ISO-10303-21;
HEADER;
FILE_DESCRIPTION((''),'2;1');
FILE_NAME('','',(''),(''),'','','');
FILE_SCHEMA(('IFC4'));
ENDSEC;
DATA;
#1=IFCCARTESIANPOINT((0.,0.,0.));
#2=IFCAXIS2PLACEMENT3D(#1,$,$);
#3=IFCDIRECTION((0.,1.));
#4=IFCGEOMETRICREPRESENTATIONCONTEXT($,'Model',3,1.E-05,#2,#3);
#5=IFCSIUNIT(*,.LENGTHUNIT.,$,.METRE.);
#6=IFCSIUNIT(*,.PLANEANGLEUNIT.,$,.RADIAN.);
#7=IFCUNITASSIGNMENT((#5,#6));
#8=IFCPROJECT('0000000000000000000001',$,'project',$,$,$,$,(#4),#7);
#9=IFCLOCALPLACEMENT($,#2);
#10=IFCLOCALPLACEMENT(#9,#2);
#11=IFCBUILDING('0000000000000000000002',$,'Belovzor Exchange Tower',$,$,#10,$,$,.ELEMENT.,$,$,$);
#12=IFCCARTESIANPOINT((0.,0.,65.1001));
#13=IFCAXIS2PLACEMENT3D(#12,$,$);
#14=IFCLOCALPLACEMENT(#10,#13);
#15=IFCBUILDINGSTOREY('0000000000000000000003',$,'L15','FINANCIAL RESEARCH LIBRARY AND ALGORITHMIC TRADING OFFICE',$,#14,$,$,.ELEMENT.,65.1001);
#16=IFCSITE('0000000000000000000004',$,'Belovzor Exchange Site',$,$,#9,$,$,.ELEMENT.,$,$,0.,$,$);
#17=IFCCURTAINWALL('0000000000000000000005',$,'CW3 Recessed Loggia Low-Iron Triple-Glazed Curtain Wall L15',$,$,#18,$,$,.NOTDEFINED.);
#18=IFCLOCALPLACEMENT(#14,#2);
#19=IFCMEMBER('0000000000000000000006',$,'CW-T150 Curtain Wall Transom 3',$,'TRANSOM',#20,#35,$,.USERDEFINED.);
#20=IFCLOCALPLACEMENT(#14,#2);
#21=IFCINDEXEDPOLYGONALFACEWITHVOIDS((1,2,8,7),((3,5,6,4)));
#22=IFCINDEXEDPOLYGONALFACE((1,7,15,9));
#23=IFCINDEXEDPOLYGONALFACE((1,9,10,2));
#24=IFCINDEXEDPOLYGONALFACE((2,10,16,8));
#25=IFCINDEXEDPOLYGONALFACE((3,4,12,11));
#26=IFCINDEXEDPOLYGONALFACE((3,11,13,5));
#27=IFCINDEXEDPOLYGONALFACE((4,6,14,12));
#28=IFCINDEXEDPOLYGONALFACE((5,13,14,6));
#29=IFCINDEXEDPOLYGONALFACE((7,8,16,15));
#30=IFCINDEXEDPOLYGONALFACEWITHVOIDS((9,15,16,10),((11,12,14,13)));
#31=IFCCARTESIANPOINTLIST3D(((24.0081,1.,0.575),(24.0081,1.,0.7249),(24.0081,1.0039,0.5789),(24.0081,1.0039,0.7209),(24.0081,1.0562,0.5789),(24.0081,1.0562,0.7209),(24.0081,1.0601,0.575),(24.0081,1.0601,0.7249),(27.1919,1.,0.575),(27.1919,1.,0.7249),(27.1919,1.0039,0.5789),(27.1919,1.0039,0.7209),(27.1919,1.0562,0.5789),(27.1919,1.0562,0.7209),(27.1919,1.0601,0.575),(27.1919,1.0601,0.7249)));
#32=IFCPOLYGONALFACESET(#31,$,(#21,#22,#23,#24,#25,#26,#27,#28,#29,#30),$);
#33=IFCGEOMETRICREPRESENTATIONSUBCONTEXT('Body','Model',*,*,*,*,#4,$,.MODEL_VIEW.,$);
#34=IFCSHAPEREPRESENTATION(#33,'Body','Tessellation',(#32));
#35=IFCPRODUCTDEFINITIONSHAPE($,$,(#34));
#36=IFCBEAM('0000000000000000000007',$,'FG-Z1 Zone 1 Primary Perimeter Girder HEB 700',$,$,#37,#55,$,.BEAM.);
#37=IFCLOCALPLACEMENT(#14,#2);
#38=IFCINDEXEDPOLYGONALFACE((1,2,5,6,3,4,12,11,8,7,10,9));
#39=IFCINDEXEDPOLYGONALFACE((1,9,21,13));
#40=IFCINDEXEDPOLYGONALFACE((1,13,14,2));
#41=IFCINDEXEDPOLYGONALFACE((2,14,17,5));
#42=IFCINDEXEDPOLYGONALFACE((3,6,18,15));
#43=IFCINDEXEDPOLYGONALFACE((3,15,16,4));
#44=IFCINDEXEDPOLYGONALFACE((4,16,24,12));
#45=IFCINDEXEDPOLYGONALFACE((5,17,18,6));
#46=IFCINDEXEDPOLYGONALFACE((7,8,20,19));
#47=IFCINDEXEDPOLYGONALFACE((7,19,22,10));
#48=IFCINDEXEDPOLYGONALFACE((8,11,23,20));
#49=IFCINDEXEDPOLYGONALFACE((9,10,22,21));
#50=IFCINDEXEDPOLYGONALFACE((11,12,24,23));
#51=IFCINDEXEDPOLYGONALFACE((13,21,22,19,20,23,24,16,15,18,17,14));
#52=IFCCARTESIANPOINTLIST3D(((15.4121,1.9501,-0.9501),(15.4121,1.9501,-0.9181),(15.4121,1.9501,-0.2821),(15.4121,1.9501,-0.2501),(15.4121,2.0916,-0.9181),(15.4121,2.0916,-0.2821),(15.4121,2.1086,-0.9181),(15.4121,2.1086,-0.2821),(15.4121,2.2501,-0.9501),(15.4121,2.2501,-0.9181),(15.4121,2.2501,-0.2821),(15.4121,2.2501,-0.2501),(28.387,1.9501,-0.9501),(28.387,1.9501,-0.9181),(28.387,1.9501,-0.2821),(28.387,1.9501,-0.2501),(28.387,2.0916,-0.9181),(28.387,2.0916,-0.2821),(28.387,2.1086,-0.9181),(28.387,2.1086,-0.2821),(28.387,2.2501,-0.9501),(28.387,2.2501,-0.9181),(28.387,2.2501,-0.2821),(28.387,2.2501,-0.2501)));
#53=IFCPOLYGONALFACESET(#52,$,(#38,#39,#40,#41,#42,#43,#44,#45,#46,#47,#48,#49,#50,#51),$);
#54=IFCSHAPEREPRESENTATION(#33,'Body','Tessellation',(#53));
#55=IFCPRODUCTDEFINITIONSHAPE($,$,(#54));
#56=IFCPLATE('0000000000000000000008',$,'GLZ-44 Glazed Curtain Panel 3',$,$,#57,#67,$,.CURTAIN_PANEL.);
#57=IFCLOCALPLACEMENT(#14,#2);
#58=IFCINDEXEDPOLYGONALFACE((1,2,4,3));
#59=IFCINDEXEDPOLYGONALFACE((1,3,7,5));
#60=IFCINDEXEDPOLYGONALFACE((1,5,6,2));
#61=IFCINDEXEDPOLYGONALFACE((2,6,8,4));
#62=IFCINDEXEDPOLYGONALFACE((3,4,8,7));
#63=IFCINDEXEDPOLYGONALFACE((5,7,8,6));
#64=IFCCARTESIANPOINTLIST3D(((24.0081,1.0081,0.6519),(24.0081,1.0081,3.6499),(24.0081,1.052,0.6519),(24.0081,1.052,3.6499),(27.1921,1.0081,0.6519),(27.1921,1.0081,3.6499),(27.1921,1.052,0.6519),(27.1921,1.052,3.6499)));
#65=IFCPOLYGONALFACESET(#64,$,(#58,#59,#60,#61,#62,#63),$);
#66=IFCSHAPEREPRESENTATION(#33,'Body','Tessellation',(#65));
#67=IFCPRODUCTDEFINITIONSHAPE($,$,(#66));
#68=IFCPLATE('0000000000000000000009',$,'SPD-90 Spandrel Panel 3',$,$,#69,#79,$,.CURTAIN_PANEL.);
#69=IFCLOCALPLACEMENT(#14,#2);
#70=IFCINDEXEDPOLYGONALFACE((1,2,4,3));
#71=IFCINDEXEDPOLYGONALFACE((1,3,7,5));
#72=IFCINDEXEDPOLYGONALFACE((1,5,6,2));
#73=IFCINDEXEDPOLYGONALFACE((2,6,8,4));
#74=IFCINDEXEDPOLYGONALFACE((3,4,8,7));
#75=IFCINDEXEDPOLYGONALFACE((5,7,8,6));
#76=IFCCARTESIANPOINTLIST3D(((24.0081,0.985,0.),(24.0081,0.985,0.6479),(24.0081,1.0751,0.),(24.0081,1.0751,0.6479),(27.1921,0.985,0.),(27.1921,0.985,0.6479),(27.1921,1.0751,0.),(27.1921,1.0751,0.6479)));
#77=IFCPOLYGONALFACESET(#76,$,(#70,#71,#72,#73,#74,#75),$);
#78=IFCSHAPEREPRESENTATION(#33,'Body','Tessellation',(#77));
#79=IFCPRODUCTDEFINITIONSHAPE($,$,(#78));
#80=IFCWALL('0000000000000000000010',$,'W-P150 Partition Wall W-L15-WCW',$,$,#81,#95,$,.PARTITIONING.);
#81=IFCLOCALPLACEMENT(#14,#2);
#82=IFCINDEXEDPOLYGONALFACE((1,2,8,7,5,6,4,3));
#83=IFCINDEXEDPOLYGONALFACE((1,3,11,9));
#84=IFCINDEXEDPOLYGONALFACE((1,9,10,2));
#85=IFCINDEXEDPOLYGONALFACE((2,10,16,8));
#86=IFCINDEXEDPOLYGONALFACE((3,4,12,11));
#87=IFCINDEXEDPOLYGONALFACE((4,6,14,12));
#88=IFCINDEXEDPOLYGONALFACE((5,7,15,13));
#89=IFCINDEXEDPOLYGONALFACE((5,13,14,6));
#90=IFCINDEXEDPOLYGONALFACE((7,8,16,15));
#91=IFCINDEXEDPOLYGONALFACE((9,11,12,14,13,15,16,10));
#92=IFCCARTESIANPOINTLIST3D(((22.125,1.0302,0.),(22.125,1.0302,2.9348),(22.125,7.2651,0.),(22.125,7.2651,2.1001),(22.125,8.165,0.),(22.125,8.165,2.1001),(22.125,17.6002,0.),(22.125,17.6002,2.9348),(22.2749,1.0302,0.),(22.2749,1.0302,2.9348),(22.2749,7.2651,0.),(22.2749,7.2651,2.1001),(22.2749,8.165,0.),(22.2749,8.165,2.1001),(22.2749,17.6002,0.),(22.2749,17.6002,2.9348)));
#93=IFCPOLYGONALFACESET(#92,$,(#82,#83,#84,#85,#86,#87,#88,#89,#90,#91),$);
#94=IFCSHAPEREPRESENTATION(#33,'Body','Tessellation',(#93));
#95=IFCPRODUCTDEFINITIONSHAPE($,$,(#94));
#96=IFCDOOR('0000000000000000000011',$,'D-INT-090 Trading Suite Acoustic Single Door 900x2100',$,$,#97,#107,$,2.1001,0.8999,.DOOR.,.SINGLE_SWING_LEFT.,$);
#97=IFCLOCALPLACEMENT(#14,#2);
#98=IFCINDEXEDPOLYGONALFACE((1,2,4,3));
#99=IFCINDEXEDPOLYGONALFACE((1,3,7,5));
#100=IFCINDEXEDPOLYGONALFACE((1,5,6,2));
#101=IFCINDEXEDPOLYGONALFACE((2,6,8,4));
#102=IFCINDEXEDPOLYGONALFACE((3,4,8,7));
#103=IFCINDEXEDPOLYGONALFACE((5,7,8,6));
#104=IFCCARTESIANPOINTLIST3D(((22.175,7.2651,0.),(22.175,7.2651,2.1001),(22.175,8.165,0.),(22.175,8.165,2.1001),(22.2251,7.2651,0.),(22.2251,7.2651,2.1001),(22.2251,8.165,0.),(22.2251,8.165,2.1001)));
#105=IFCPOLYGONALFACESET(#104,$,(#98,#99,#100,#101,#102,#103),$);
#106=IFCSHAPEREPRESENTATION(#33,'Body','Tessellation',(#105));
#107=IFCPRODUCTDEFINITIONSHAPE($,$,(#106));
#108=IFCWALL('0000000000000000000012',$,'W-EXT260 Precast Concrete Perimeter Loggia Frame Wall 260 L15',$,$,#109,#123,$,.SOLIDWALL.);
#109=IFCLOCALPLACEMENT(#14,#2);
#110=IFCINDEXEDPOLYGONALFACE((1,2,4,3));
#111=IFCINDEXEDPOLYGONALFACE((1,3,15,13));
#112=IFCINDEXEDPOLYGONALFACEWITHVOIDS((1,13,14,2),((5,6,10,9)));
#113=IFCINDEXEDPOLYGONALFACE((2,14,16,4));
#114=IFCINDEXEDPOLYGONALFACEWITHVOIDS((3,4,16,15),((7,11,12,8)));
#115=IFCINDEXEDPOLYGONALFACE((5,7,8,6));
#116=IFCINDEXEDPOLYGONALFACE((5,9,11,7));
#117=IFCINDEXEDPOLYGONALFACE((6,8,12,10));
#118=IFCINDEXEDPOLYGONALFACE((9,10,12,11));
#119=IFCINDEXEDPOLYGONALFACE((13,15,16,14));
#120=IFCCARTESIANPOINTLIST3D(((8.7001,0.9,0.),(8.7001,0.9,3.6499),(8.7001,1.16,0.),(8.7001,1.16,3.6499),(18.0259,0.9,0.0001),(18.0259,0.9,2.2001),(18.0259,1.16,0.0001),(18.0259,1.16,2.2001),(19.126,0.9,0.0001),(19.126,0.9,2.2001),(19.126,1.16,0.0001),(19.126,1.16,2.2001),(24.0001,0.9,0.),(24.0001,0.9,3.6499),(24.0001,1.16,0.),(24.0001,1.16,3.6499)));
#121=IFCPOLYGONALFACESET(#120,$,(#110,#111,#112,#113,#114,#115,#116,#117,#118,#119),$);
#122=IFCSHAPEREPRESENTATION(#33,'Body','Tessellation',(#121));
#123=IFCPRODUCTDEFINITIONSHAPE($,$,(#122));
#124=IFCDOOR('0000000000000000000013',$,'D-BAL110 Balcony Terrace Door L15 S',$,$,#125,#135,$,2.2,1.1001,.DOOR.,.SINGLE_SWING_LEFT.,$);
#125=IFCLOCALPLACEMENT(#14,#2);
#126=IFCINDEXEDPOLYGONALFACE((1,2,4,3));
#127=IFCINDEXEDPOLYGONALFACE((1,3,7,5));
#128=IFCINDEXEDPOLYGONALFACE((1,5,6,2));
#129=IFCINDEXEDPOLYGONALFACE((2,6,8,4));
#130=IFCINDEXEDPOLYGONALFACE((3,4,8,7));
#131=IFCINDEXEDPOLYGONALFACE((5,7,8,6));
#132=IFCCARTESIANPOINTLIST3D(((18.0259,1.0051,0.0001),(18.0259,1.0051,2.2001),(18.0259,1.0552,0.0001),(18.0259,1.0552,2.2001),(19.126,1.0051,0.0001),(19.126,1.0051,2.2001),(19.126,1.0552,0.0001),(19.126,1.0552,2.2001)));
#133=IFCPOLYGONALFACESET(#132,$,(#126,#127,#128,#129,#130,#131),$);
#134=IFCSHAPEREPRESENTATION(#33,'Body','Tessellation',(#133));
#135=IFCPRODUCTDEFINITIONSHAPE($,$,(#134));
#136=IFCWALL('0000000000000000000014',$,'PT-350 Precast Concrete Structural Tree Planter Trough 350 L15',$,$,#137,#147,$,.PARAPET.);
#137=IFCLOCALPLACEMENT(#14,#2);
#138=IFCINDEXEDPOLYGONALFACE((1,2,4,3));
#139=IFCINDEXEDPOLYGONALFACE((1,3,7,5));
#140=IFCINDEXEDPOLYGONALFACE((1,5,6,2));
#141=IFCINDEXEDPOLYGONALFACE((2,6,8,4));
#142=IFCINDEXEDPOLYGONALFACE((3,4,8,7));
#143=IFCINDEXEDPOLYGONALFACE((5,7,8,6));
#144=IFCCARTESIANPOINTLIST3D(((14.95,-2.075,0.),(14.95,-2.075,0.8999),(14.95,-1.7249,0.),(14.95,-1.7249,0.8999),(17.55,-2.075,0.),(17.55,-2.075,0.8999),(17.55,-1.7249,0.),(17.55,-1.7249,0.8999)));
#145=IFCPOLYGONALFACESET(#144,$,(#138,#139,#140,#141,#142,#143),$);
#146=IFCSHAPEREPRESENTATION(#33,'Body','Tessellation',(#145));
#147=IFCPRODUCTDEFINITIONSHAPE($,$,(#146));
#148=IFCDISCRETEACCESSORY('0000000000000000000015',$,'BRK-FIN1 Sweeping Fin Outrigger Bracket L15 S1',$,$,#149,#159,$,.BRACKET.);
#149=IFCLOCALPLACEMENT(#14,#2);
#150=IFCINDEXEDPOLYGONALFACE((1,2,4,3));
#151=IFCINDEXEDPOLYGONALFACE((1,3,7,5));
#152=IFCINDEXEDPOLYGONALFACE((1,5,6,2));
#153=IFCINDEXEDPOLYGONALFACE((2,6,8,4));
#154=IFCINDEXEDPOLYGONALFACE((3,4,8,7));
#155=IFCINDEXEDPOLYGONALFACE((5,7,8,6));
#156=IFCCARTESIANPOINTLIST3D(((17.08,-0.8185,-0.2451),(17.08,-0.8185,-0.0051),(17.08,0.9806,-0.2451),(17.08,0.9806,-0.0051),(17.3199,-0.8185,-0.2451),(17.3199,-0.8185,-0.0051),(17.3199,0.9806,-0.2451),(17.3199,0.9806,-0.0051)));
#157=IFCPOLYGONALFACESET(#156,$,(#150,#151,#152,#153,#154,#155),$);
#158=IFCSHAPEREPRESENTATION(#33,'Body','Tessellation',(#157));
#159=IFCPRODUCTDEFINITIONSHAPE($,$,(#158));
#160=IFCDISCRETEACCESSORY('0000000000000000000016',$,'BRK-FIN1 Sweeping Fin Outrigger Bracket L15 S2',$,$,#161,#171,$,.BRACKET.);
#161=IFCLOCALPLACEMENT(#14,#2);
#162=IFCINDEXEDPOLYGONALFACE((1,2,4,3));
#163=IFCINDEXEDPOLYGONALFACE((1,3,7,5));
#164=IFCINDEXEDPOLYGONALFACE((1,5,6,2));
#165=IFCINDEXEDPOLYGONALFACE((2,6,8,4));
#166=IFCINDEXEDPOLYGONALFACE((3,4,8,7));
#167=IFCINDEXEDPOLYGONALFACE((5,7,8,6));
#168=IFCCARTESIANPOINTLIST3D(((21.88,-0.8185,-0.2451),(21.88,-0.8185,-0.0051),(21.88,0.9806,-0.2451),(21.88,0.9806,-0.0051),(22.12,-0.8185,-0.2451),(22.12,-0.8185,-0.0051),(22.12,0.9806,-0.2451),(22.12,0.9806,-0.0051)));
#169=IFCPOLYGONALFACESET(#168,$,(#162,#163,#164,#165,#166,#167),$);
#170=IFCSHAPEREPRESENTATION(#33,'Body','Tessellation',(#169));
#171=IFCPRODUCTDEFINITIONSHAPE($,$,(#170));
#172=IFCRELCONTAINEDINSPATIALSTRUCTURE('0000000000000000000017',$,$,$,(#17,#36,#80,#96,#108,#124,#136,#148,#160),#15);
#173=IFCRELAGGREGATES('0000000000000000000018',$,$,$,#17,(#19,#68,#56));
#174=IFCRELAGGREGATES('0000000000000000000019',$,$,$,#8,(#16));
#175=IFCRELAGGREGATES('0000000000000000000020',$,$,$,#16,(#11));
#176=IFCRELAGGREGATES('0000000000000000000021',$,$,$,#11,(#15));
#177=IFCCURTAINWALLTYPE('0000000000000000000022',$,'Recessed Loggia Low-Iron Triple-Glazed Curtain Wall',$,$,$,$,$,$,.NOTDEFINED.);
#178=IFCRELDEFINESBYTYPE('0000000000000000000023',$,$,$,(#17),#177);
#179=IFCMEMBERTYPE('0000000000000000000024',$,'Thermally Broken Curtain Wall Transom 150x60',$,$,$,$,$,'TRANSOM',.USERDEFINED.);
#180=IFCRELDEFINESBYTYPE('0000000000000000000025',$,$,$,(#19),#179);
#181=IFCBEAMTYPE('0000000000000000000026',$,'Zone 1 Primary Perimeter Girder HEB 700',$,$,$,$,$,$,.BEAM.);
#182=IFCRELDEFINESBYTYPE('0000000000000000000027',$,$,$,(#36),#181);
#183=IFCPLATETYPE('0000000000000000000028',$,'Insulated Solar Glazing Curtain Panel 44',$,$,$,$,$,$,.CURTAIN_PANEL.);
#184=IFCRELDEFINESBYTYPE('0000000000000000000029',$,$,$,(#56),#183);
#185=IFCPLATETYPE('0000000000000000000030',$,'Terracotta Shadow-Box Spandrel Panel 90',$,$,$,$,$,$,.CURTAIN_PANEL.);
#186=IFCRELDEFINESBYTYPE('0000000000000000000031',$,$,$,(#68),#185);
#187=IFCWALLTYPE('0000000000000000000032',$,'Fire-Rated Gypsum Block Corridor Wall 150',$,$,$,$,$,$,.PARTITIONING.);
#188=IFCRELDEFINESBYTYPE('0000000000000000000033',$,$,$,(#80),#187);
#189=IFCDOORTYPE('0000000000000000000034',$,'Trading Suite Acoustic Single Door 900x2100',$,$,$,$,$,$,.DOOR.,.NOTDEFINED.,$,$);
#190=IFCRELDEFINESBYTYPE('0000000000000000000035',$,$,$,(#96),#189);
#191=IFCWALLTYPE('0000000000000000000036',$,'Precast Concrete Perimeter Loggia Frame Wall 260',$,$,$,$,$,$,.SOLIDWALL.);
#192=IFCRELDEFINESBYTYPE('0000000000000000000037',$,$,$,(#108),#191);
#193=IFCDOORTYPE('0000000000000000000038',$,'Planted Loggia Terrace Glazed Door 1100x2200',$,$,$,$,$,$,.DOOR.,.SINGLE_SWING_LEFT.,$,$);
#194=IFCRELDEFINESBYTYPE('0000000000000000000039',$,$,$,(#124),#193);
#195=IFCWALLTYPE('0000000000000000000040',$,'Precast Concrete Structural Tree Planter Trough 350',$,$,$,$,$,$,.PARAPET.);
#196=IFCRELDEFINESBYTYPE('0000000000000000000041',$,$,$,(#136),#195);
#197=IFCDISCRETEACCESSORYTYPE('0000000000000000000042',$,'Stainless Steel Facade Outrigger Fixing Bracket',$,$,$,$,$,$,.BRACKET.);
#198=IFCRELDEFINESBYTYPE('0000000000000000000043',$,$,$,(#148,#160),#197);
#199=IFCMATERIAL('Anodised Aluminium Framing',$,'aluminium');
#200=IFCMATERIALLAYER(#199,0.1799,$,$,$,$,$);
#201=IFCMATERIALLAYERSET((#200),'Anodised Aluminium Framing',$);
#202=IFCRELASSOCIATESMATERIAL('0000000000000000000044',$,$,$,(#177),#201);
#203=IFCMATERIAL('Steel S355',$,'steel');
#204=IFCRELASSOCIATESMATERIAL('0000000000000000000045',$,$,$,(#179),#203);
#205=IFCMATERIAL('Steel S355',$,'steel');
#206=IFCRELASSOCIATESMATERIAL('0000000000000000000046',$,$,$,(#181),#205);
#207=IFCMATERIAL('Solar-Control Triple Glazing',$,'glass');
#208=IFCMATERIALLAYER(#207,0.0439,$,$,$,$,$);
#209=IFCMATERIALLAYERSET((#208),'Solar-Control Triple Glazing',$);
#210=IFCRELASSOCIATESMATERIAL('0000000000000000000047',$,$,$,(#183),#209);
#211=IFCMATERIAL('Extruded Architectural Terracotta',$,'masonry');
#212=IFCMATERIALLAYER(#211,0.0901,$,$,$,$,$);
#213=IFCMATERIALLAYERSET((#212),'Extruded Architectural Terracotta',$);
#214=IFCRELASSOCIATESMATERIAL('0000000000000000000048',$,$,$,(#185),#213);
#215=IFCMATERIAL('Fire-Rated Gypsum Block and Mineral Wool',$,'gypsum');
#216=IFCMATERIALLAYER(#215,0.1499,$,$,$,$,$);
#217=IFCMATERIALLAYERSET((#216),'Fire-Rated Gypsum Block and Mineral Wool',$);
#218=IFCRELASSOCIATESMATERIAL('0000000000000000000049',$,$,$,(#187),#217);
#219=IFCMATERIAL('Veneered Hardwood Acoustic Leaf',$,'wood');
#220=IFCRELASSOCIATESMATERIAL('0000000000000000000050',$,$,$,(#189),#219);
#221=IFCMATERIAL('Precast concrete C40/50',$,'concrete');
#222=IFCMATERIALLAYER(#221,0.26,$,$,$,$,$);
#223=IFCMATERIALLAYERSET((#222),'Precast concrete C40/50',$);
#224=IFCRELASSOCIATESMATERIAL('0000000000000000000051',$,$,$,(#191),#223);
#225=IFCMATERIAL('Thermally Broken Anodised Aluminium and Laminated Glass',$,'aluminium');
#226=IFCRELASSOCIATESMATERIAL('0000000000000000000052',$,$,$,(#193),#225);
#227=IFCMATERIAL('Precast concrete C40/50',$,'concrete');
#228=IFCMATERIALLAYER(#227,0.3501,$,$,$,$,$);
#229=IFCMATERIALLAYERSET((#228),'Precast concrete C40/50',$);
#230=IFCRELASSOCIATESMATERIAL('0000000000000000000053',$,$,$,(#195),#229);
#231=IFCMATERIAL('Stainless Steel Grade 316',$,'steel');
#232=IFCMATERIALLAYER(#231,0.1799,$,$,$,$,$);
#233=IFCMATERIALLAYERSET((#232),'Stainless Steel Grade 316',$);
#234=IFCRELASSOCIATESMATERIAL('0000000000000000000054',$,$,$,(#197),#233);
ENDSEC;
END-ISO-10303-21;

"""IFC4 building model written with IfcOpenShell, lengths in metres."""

from ifc_helpers import new_model, si_unit, direction, frame, frame_2d, origin, origin_2d, place, context, subcontext, project, spatial, rectangle, hollow_rectangle, i_section, extrude, material, layer, layer_set, material_profile, profile_set, type_object, element, fill, aggregate, save


model = new_model("IFC4")

# Units and contexts
model_context = context("Model", 3, precision=1e-05, world=origin(), true_north=direction((0.0, 1.0)))
body_context = subcontext(model_context, "Body", "Model", "MODEL_VIEW")
ifc_project = project(units=[si_unit("LENGTHUNIT", "METRE"), si_unit("PLANEANGLEUNIT", "RADIAN")], contexts=[model_context])

# Site, building, storey
site_placement = place(None, origin())
site = spatial("IfcSite", under=ifc_project, at=site_placement, Name="Belovzor Exchange Site", CompositionType="ELEMENT", RefElevation=0.0)
building_placement = place(site_placement, origin())
building = spatial("IfcBuilding", under=site, at=building_placement, Name="Belovzor Exchange Tower", CompositionType="ELEMENT")
storey_placement = place(building_placement, frame((0.0, 0.0, 65.1001)))
storey = spatial("IfcBuildingStorey", under=building, at=storey_placement, Name="L15", Description="FINANCIAL RESEARCH LIBRARY AND ALGORITHMIC TRADING OFFICE", CompositionType="ELEMENT", Elevation=65.1001)

# Curtain wall, member
ifc_material_1 = material(Name="Anodised Aluminium Framing", Category="aluminium")
ifc_layer_1 = layer(ifc_material_1, 0.1799)
ifc_layer_set_1 = layer_set([ifc_layer_1], Name="Anodised Aluminium Framing")
curtain_wall_type = type_object("IfcCurtainWallType", Name="Recessed Loggia Low-Iron Triple-Glazed Curtain Wall", PredefinedType="NOTDEFINED", material=ifc_layer_set_1)
curtain_wall_placement = place(storey_placement, origin())
curtain_wall = element("IfcCurtainWall", 1, at=curtain_wall_placement, inside=storey, type_object=curtain_wall_type, Name="CW3 Recessed Loggia Low-Iron Triple-Glazed Curtain Wall L15", PredefinedType="NOTDEFINED")
ifc_material_2 = material(Name="Steel S355", Category="steel")
ifc_material_profile_1 = material_profile(ifc_material_2, hollow_rectangle(XDim=0.0601, YDim=0.1499, WallThickness=0.0039, at=origin_2d()))
ifc_profile_set_1 = profile_set([ifc_material_profile_1], Name="Steel S355")
member_type_1 = type_object("IfcMemberType", Name="Thermally Broken Curtain Wall Transom 150x60", ElementType="TRANSOM", PredefinedType="USERDEFINED", material=ifc_profile_set_1)
member_1_placement = place(storey_placement, frame((27.1919, 1.03, 0.6499), z_axis=(-1.0, 0.0, 0.0), x_axis=(0.0, -1.0, 0.0)))
member_1 = element("IfcMember", 2, at=member_1_placement, type_object=member_type_1, Name="CW-T150 Curtain Wall Transom 3", ObjectType="TRANSOM", PredefinedType="USERDEFINED", context=body_context, shape_type="SweptSolid", body=[
    extrude(hollow_rectangle(XDim=0.0601, YDim=0.1499, WallThickness=0.0039, at=origin_2d()), origin(), (0.0, 0.0, 1.0), 3.1838),
])

# Beam
ifc_material_3 = material(Name="Steel S355", Category="steel")
ifc_material_profile_2 = material_profile(ifc_material_3, i_section(OverallWidth=0.3, OverallDepth=0.7, WebThickness=0.0171, FlangeThickness=0.032, at=origin_2d()))
ifc_profile_set_2 = profile_set([ifc_material_profile_2], Name="Steel S355")
beam_type_1 = type_object("IfcBeamType", Name="Zone 1 Primary Perimeter Girder HEB 700", PredefinedType="BEAM", material=ifc_profile_set_2)
beam_1_placement = place(storey_placement, frame((15.4121, 2.1001, -0.6001), z_axis=(1.0, 0.0, 0.0), x_axis=(0.0, 1.0, 0.0)))
element("IfcBeam", 3, at=beam_1_placement, inside=storey, type_object=beam_type_1, Name="FG-Z1 Zone 1 Primary Perimeter Girder HEB 700", PredefinedType="BEAM", context=body_context, shape_type="SweptSolid", body=[
    extrude(i_section(OverallWidth=0.3, OverallDepth=0.7, WebThickness=0.0171, FlangeThickness=0.032, at=origin_2d()), origin(), (0.0, 0.0, 1.0), 12.9749),
])

# Plates
ifc_material_4 = material(Name="Solar-Control Triple Glazing", Category="glass")
ifc_layer_2 = layer(ifc_material_4, 0.0439)
ifc_layer_set_2 = layer_set([ifc_layer_2], Name="Solar-Control Triple Glazing")
plate_type_1 = type_object("IfcPlateType", Name="Insulated Solar Glazing Curtain Panel 44", PredefinedType="CURTAIN_PANEL", material=ifc_layer_set_2)
plate_1_placement = place(storey_placement, frame((25.6001, 1.03, 0.6519), z_axis=(0.0, 0.0, 1.0), x_axis=(-1.0, 0.0, 0.0)))
plate_1 = element("IfcPlate", 4, at=plate_1_placement, type_object=plate_type_1, Name="GLZ-44 Glazed Curtain Panel 3", PredefinedType="CURTAIN_PANEL", context=body_context, shape_type="SweptSolid", body=[
    extrude(rectangle(XDim=3.1841, YDim=0.0439, at=origin_2d()), origin(), (0.0, 0.0, 1.0), 2.998),
])
ifc_material_5 = material(Name="Extruded Architectural Terracotta", Category="masonry")
ifc_layer_3 = layer(ifc_material_5, 0.0901)
ifc_layer_set_3 = layer_set([ifc_layer_3], Name="Extruded Architectural Terracotta")
plate_type_2 = type_object("IfcPlateType", Name="Terracotta Shadow-Box Spandrel Panel 90", PredefinedType="CURTAIN_PANEL", material=ifc_layer_set_3)
plate_2_placement = place(storey_placement, frame((25.6001, 1.03, 0.0), z_axis=(0.0, 0.0, 1.0), x_axis=(-1.0, 0.0, 0.0)))
plate_2 = element("IfcPlate", 5, at=plate_2_placement, type_object=plate_type_2, Name="SPD-90 Spandrel Panel 3", PredefinedType="CURTAIN_PANEL", context=body_context, shape_type="SweptSolid", body=[
    extrude(rectangle(XDim=3.1841, YDim=0.0901, at=origin_2d()), origin(), (0.0, 0.0, 1.0), 0.6479),
])
aggregate(curtain_wall, [member_1, plate_2, plate_1])

# Walls, openings, doors
ifc_material_6 = material(Name="Fire-Rated Gypsum Block and Mineral Wool", Category="gypsum")
ifc_layer_4 = layer(ifc_material_6, 0.1499)
ifc_layer_set_4 = layer_set([ifc_layer_4], Name="Fire-Rated Gypsum Block and Mineral Wool")
wall_type_1 = type_object("IfcWallType", Name="Fire-Rated Gypsum Block Corridor Wall 150", PredefinedType="PARTITIONING", material=ifc_layer_set_4)
wall_1_placement = place(storey_placement, frame((22.2, 1.03, 0.0), z_axis=(0.0, 0.0, 1.0), x_axis=(0.0, 1.0, 0.0)))
wall_1 = element("IfcWall", 6, at=wall_1_placement, inside=storey, type_object=wall_type_1, Name="W-P150 Partition Wall W-L15-WCW", PredefinedType="PARTITIONING", context=body_context, shape_type="SweptSolid", body=[
    extrude(rectangle(XDim=16.5701, YDim=0.1499, at=frame_2d((8.2852, 0.0))), origin(), (0.0, 0.0, 1.0), 2.9348),
])
opening_1_placement = place(wall_1_placement, frame((6.2351, 0.0, 0.0)))
opening_1 = element("IfcOpeningElement", 7, at=opening_1_placement, cuts=wall_1, PredefinedType="OPENING", context=body_context, shape_type="SweptSolid", body=[
    extrude(rectangle(XDim=0.8999, YDim=2.1001, at=frame_2d((0.45, 1.05))), frame((0.0, 0.085, 0.0), z_axis=(0.0, -1.0, 0.0), x_axis=(1.0, 0.0, 0.0)), (0.0, 0.0, 1.0), 0.1699),
])
ifc_material_7 = material(Name="Veneered Hardwood Acoustic Leaf", Category="wood")
door_type_1 = type_object("IfcDoorType", Name="Trading Suite Acoustic Single Door 900x2100", OperationType="NOTDEFINED", PredefinedType="DOOR", material=ifc_material_7)
door_1_placement = place(opening_1_placement, origin())
door_1 = element("IfcDoor", 8, at=door_1_placement, inside=storey, type_object=door_type_1, Name="D-INT-090 Trading Suite Acoustic Single Door 900x2100", OperationType="SINGLE_SWING_LEFT", OverallHeight=2.1001, OverallWidth=0.8999, PredefinedType="DOOR", context=body_context, shape_type="SweptSolid", body=[
    extrude(rectangle(XDim=0.8999, YDim=2.1001, at=frame_2d((0.45, 1.05))), frame((0.0, 0.0249, 0.0), z_axis=(0.0, -1.0, 0.0), x_axis=(1.0, 0.0, 0.0)), (0.0, 0.0, 1.0), 0.05),
])
fill(opening_1, door_1)
ifc_material_8 = material(Name="Precast concrete C40/50", Category="concrete")
ifc_layer_5 = layer(ifc_material_8, 0.26)
ifc_layer_set_5 = layer_set([ifc_layer_5], Name="Precast concrete C40/50")
wall_type_2 = type_object("IfcWallType", Name="Precast Concrete Perimeter Loggia Frame Wall 260", PredefinedType="SOLIDWALL", material=ifc_layer_set_5)
wall_2_placement = place(storey_placement, frame((24.0, 1.03, 0.0), z_axis=(0.0, 0.0, 1.0), x_axis=(-1.0, 0.0, 0.0)))
wall_2 = element("IfcWall", 9, at=wall_2_placement, inside=storey, type_object=wall_type_2, Name="W-EXT260 Precast Concrete Perimeter Loggia Frame Wall 260 L15", PredefinedType="SOLIDWALL", context=body_context, shape_type="SweptSolid", body=[
    extrude(rectangle(XDim=15.3, YDim=0.26, at=frame_2d((7.6499, 0.0))), origin(), (0.0, 0.0, 1.0), 3.6499),
])
opening_2_placement = place(wall_2_placement, frame((4.874, 0.0, 0.0)))
opening_2 = element("IfcOpeningElement", 10, at=opening_2_placement, cuts=wall_2, PredefinedType="OPENING", context=body_context, shape_type="SweptSolid", body=[
    extrude(rectangle(XDim=1.1001, YDim=2.2, at=frame_2d((0.55, 1.1001))), frame((0.0, 0.1399, 0.0), z_axis=(0.0, -1.0, 0.0), x_axis=(1.0, 0.0, 0.0)), (0.0, 0.0, 1.0), 0.28),
])
ifc_material_9 = material(Name="Thermally Broken Anodised Aluminium and Laminated Glass", Category="aluminium")
door_type_2 = type_object("IfcDoorType", Name="Planted Loggia Terrace Glazed Door 1100x2200", OperationType="SINGLE_SWING_LEFT", PredefinedType="DOOR", material=ifc_material_9)
door_2_placement = place(opening_2_placement, origin())
door_2 = element("IfcDoor", 11, at=door_2_placement, inside=storey, type_object=door_type_2, Name="D-BAL110 Balcony Terrace Door L15 S", OperationType="SINGLE_SWING_LEFT", OverallHeight=2.2, OverallWidth=1.1001, PredefinedType="DOOR", context=body_context, shape_type="SweptSolid", body=[
    extrude(rectangle(XDim=1.1001, YDim=2.2, at=frame_2d((0.55, 1.1001))), frame((0.0, 0.0249, 0.0), z_axis=(0.0, -1.0, 0.0), x_axis=(1.0, 0.0, 0.0)), (0.0, 0.0, 1.0), 0.05),
])
fill(opening_2, door_2)

# Wall
ifc_material_10 = material(Name="Precast concrete C40/50", Category="concrete")
ifc_layer_6 = layer(ifc_material_10, 0.3501)
ifc_layer_set_6 = layer_set([ifc_layer_6], Name="Precast concrete C40/50")
wall_type_3 = type_object("IfcWallType", Name="Precast Concrete Structural Tree Planter Trough 350", PredefinedType="PARAPET", material=ifc_layer_set_6)
wall_3_placement = place(storey_placement, frame((14.95, -1.8999, 0.0), z_axis=(0.0, 0.0, 1.0), x_axis=(1.0, 0.0, 0.0)))
element("IfcWall", 12, at=wall_3_placement, inside=storey, type_object=wall_type_3, Name="PT-350 Precast Concrete Structural Tree Planter Trough 350 L15", PredefinedType="PARAPET", context=body_context, shape_type="SweptSolid", body=[
    extrude(rectangle(XDim=2.6001, YDim=0.3501, at=frame_2d((1.3, 0.0))), origin(), (0.0, 0.0, 1.0), 0.8999),
])

# Discrete accessories
ifc_material_11 = material(Name="Stainless Steel Grade 316", Category="steel")
ifc_layer_7 = layer(ifc_material_11, 0.1799)
ifc_layer_set_7 = layer_set([ifc_layer_7], Name="Stainless Steel Grade 316")
discrete_accessory_type = type_object("IfcDiscreteAccessoryType", Name="Stainless Steel Facade Outrigger Fixing Bracket", PredefinedType="BRACKET", material=ifc_layer_set_7)
for number, where, z_axis, x_axis, name in (
    (13, (17.2, 0.0811, -0.2451), (0.0, 0.0, 1.0), (0.0, 1.0, 0.0), "BRK-FIN1 Sweeping Fin Outrigger Bracket L15 S1"),
    (14, (22.0, 0.0811, -0.2451), (0.0, 0.0, 1.0), (0.0, 1.0, 0.0), "BRK-FIN1 Sweeping Fin Outrigger Bracket L15 S2"),
):
    element("IfcDiscreteAccessory", number, at=place(storey_placement, frame(where, z_axis=z_axis, x_axis=x_axis)), inside=storey, type_object=discrete_accessory_type, Name=name, PredefinedType="BRACKET", context=body_context, shape_type="SweptSolid", body=[
        extrude(rectangle(XDim=1.7991, YDim=0.24, at=origin_2d()), origin(), (0.0, 0.0, 1.0), 0.24),
    ])

save(model, "model.ifc")
